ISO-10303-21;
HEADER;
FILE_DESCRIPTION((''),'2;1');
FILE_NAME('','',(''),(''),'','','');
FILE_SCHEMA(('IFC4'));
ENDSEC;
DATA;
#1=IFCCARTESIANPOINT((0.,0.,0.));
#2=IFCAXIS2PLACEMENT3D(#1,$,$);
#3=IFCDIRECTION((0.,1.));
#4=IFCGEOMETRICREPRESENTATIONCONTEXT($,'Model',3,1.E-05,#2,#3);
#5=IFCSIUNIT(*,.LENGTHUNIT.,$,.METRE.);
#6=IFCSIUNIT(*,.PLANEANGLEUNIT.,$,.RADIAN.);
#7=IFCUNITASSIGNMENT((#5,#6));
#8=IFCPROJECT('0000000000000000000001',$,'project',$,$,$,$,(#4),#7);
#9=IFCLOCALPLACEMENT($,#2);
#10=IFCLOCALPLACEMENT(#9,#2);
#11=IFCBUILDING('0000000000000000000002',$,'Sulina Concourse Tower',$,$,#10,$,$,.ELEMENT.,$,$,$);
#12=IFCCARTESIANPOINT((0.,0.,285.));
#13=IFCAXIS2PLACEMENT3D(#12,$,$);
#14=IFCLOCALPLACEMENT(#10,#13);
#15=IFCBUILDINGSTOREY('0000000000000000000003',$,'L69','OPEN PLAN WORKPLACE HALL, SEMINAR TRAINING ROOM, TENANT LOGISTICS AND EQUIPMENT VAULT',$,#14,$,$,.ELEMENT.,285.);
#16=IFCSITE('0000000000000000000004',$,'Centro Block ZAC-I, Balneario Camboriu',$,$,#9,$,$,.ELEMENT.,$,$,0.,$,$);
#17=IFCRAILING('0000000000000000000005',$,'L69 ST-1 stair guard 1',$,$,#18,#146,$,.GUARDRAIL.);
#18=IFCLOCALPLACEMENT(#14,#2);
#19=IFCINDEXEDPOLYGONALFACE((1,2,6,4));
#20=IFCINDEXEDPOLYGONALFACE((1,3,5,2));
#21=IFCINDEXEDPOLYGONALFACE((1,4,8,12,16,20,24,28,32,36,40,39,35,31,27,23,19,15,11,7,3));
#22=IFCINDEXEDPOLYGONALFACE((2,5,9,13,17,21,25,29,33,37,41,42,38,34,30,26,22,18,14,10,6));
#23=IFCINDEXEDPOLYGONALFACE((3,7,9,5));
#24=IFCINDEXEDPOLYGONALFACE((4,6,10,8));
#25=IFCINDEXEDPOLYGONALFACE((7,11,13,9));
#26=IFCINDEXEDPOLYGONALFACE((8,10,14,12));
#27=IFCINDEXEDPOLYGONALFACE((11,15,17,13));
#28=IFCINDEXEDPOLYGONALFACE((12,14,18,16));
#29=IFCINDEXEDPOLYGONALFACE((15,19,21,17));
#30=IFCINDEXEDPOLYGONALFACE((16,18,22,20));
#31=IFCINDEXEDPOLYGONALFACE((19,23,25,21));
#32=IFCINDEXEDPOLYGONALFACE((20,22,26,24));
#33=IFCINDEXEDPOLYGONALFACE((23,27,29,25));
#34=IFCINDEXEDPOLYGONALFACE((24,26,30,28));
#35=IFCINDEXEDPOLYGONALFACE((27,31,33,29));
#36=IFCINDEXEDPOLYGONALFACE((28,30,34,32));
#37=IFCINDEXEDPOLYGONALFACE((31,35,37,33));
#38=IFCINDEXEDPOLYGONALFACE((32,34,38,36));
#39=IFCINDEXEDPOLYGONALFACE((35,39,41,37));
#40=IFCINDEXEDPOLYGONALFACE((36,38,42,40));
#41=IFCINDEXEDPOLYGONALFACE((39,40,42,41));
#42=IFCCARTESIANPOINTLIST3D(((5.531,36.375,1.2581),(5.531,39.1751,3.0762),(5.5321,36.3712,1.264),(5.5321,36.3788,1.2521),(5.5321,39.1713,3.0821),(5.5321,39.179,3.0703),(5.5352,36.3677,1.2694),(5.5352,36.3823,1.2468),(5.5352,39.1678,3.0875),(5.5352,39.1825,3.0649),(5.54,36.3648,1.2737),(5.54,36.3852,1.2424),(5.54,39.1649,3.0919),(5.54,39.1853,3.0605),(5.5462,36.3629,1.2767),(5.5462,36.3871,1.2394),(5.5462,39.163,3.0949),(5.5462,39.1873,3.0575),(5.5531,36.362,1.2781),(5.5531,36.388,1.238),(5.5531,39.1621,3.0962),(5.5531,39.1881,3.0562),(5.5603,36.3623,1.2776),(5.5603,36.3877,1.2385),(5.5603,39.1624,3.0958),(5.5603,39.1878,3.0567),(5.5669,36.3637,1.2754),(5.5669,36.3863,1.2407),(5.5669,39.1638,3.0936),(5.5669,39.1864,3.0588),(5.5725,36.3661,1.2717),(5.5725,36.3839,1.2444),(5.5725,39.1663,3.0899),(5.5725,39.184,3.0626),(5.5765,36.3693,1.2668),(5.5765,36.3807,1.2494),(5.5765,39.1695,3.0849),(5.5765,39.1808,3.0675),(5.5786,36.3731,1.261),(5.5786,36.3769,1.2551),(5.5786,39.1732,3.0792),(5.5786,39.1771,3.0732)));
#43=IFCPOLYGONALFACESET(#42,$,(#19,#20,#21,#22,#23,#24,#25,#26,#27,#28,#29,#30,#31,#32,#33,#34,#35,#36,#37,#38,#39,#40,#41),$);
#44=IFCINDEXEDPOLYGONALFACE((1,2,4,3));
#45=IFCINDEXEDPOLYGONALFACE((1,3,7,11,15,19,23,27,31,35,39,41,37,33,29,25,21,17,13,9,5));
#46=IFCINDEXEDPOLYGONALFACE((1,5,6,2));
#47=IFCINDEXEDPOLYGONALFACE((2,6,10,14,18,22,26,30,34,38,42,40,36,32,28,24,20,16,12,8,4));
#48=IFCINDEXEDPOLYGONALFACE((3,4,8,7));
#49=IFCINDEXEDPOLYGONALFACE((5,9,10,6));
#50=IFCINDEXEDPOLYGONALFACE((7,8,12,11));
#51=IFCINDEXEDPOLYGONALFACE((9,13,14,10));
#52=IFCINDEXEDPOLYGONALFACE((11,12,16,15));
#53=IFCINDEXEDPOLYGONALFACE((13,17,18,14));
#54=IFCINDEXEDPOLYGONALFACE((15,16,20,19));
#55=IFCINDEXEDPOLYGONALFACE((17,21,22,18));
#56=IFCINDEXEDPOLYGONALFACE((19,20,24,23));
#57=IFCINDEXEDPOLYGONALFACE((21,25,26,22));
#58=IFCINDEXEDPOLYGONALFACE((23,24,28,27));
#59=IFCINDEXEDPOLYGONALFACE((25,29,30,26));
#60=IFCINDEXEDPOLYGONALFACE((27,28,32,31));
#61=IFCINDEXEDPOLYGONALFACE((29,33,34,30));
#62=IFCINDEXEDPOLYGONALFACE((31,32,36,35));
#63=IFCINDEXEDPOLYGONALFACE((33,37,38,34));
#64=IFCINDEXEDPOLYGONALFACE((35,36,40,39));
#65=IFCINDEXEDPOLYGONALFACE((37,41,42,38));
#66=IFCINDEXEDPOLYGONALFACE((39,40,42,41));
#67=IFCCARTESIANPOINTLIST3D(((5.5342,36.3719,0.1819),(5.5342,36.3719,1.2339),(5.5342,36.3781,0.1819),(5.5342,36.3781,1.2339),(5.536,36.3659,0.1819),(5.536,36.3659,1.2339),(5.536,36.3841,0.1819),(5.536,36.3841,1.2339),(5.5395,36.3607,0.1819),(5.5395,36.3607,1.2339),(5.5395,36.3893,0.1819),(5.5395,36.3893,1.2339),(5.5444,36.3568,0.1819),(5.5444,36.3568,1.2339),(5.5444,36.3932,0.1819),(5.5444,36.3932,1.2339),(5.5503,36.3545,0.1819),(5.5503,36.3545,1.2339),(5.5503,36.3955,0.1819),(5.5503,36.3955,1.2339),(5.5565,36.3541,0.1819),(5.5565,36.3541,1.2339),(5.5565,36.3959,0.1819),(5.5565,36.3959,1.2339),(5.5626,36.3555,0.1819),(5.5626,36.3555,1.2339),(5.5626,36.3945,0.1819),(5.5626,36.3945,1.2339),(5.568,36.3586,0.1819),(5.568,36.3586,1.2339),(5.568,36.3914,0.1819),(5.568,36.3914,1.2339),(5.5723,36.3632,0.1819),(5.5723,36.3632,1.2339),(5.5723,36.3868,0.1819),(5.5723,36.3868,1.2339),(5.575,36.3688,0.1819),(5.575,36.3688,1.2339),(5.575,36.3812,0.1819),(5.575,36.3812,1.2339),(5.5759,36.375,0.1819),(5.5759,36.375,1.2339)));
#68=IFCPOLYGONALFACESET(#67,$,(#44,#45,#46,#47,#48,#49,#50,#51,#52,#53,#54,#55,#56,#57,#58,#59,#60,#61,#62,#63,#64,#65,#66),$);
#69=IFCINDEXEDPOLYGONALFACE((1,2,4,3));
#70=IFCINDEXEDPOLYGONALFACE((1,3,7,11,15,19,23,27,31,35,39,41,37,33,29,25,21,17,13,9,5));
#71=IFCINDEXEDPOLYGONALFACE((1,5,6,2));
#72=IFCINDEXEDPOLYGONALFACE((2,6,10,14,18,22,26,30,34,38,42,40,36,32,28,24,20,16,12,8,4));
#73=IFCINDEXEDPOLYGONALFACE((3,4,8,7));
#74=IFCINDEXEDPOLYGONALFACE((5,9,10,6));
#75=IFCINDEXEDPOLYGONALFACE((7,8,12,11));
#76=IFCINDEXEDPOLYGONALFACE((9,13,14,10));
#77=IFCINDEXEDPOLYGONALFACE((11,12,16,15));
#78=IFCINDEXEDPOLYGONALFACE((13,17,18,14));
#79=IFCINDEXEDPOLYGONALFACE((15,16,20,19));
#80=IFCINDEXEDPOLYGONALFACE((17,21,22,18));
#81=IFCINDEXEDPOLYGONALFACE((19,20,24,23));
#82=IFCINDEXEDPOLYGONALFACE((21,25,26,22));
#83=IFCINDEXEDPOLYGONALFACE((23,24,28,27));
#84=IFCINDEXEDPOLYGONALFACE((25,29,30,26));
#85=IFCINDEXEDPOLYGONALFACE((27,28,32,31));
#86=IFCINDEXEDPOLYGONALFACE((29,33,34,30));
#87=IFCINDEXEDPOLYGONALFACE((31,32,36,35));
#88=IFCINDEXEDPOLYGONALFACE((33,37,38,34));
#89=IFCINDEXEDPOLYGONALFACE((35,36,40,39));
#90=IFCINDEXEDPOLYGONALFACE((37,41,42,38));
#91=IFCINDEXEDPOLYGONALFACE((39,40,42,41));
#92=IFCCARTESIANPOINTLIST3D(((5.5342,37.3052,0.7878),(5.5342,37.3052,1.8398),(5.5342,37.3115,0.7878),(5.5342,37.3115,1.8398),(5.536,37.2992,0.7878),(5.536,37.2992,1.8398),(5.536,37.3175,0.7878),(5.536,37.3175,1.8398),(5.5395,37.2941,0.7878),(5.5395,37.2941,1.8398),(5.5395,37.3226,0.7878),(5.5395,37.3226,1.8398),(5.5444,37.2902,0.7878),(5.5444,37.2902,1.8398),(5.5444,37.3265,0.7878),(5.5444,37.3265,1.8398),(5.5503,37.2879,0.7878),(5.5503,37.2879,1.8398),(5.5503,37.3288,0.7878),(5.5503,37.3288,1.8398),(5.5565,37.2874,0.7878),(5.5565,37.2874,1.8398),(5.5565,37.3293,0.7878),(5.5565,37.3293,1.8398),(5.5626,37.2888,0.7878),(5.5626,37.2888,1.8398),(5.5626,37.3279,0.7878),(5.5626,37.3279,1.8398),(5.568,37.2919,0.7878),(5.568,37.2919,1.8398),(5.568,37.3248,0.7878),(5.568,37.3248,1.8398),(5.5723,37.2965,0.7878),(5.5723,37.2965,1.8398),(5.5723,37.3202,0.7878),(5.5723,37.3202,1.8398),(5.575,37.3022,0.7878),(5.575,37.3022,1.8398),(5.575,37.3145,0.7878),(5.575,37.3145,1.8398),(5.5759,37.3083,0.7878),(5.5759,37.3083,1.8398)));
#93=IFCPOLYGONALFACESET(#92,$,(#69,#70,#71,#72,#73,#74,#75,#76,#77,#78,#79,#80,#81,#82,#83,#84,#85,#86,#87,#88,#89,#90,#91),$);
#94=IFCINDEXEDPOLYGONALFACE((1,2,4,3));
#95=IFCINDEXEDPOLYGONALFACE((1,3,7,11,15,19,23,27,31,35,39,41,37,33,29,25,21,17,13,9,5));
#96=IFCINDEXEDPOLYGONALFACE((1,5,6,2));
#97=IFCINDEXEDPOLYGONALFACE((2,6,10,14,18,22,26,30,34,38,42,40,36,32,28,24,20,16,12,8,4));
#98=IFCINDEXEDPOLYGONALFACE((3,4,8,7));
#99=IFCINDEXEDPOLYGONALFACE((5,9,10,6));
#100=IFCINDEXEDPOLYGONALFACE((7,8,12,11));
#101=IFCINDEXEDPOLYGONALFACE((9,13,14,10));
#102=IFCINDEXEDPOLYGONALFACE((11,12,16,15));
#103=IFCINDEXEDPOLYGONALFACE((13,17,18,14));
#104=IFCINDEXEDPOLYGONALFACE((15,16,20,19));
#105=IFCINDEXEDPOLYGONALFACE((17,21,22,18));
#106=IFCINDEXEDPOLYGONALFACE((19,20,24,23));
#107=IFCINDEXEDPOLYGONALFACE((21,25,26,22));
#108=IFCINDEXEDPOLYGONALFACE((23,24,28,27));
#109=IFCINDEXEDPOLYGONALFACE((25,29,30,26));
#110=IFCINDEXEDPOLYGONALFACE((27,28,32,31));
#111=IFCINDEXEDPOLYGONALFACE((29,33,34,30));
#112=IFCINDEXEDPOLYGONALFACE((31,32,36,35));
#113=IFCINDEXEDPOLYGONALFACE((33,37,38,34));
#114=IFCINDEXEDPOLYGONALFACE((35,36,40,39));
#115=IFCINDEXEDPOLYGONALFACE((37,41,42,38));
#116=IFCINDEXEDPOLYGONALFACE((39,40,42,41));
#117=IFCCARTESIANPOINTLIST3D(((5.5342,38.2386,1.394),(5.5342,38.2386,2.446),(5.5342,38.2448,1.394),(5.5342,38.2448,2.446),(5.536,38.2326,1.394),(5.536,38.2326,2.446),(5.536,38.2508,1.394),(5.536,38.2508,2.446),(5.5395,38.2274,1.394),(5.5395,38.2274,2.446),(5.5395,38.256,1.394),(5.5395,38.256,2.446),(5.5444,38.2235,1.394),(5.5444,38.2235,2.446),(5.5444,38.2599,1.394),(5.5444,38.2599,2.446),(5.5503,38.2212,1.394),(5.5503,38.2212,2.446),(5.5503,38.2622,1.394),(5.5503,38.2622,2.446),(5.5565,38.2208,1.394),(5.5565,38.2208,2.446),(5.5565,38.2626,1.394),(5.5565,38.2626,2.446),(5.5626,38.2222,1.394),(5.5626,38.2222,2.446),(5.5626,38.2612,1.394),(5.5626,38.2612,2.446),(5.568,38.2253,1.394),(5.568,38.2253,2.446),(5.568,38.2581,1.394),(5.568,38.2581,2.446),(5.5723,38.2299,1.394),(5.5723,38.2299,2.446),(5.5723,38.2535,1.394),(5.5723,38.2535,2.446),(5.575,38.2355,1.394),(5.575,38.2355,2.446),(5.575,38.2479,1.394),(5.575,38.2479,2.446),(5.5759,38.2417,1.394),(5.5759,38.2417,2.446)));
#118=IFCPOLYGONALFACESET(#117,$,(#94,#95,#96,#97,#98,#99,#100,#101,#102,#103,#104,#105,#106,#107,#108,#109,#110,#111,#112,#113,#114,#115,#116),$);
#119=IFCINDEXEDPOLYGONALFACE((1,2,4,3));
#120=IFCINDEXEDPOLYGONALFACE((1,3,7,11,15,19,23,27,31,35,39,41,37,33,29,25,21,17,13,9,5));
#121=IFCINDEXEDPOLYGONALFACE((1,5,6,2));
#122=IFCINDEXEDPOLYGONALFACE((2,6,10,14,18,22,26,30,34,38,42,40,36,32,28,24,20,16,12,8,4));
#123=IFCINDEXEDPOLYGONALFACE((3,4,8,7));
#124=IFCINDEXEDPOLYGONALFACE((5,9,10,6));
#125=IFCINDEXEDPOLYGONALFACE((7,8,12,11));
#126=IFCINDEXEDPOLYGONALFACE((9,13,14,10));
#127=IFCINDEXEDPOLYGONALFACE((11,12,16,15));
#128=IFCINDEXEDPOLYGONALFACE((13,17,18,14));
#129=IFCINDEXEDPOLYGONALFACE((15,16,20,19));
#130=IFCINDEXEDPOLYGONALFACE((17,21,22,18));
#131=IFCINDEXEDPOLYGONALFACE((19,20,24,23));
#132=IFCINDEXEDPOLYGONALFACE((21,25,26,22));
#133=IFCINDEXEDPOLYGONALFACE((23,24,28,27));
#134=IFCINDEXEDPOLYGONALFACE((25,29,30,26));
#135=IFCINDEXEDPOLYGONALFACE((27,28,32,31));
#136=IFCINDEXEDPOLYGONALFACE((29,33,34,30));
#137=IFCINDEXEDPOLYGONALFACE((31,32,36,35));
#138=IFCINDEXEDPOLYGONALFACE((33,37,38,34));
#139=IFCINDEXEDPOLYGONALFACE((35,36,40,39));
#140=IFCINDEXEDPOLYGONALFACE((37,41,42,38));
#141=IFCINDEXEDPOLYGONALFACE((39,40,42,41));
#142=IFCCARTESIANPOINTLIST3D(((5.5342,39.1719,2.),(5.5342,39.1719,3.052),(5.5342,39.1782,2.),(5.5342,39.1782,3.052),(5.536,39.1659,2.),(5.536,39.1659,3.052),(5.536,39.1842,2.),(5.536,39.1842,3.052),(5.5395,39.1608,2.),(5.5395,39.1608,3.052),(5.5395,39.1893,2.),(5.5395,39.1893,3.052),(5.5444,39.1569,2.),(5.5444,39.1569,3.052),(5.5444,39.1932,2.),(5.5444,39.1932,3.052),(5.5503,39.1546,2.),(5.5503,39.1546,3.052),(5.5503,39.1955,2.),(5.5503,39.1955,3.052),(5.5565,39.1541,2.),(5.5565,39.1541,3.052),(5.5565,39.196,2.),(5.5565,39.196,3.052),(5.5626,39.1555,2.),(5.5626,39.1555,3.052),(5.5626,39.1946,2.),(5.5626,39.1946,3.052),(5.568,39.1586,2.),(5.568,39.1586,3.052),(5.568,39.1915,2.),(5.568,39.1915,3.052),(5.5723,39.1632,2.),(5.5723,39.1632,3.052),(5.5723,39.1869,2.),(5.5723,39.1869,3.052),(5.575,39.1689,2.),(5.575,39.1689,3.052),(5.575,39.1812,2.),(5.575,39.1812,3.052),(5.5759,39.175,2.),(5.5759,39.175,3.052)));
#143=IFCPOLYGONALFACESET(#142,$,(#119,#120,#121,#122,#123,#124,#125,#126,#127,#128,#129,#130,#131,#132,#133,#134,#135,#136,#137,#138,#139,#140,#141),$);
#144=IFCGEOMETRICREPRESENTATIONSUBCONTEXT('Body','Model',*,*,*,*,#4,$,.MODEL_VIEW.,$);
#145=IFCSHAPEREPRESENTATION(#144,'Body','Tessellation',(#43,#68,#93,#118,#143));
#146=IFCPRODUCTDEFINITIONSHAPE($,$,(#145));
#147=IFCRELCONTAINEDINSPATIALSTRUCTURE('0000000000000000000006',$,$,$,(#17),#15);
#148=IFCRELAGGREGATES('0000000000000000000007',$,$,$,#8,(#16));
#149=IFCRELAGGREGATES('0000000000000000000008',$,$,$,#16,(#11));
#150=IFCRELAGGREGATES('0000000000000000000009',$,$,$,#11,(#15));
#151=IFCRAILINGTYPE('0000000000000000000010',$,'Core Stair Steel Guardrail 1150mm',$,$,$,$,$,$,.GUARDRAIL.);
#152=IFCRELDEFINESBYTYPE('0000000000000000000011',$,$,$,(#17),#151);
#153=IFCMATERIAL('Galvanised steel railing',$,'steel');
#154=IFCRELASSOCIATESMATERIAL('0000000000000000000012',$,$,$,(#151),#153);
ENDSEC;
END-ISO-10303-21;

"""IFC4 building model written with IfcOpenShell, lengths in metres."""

from ifc_helpers import new_model, si_unit, direction, frame, origin, origin_2d, place, context, subcontext, project, spatial, circle, extrude, material, type_object, element, save


model = new_model("IFC4")

# Units and contexts
model_context = context("Model", 3, precision=1e-05, world=origin(), true_north=direction((0.0, 1.0)))
body_context = subcontext(model_context, "Body", "Model", "MODEL_VIEW")
ifc_project = project(units=[si_unit("LENGTHUNIT", "METRE"), si_unit("PLANEANGLEUNIT", "RADIAN")], contexts=[model_context])

# Site, building, storey
site_placement = place(None, origin())
site = spatial("IfcSite", under=ifc_project, at=site_placement, Name="Centro Block ZAC-I, Balneario Camboriu", CompositionType="ELEMENT", RefElevation=0.0)
building_placement = place(site_placement, origin())
building = spatial("IfcBuilding", under=site, at=building_placement, Name="Sulina Concourse Tower", CompositionType="ELEMENT")
storey_placement = place(building_placement, frame((0.0, 0.0, 285.0)))
storey = spatial("IfcBuildingStorey", under=building, at=storey_placement, Name="L69", Description="OPEN PLAN WORKPLACE HALL, SEMINAR TRAINING ROOM, TENANT LOGISTICS AND EQUIPMENT VAULT", CompositionType="ELEMENT", Elevation=285.0)

# Railing
ifc_material_1 = material(Name="Galvanised steel railing", Category="steel")
railing_type_1 = type_object("IfcRailingType", Name="Core Stair Steel Guardrail 1150mm", PredefinedType="GUARDRAIL", material=ifc_material_1)
railing_1_placement = place(storey_placement, frame((5.5549, 36.375, 0.1819)))
element("IfcRailing", 1, at=railing_1_placement, inside=storey, type_object=railing_type_1, Name="L69 ST-1 stair guard 1", PredefinedType="GUARDRAIL", context=body_context, shape_type="SweptSolid", body=[
    extrude(circle(Radius=0.0239, at=origin_2d()), frame((0.0, 0.0, 1.0762), z_axis=(0.0, 0.838706, 0.544585), x_axis=(-1.0, 0.0, 0.0)), (0.0, 0.0, 1.0), 3.3386),
    extrude(circle(Radius=0.021, at=origin_2d()), origin(), (0.0, 0.0, 1.0), 1.052),
    extrude(circle(Radius=0.021, at=origin_2d()), frame((0.0, 0.9333, 0.606)), (0.0, 0.0, 1.0), 1.052),
    extrude(circle(Radius=0.021, at=origin_2d()), frame((0.0, 1.8667, 1.2122)), (0.0, 0.0, 1.0), 1.052),
    extrude(circle(Radius=0.021, at=origin_2d()), frame((0.0, 2.8, 1.8181)), (0.0, 0.0, 1.0), 1.052),
])

save(model, "model.ifc")
